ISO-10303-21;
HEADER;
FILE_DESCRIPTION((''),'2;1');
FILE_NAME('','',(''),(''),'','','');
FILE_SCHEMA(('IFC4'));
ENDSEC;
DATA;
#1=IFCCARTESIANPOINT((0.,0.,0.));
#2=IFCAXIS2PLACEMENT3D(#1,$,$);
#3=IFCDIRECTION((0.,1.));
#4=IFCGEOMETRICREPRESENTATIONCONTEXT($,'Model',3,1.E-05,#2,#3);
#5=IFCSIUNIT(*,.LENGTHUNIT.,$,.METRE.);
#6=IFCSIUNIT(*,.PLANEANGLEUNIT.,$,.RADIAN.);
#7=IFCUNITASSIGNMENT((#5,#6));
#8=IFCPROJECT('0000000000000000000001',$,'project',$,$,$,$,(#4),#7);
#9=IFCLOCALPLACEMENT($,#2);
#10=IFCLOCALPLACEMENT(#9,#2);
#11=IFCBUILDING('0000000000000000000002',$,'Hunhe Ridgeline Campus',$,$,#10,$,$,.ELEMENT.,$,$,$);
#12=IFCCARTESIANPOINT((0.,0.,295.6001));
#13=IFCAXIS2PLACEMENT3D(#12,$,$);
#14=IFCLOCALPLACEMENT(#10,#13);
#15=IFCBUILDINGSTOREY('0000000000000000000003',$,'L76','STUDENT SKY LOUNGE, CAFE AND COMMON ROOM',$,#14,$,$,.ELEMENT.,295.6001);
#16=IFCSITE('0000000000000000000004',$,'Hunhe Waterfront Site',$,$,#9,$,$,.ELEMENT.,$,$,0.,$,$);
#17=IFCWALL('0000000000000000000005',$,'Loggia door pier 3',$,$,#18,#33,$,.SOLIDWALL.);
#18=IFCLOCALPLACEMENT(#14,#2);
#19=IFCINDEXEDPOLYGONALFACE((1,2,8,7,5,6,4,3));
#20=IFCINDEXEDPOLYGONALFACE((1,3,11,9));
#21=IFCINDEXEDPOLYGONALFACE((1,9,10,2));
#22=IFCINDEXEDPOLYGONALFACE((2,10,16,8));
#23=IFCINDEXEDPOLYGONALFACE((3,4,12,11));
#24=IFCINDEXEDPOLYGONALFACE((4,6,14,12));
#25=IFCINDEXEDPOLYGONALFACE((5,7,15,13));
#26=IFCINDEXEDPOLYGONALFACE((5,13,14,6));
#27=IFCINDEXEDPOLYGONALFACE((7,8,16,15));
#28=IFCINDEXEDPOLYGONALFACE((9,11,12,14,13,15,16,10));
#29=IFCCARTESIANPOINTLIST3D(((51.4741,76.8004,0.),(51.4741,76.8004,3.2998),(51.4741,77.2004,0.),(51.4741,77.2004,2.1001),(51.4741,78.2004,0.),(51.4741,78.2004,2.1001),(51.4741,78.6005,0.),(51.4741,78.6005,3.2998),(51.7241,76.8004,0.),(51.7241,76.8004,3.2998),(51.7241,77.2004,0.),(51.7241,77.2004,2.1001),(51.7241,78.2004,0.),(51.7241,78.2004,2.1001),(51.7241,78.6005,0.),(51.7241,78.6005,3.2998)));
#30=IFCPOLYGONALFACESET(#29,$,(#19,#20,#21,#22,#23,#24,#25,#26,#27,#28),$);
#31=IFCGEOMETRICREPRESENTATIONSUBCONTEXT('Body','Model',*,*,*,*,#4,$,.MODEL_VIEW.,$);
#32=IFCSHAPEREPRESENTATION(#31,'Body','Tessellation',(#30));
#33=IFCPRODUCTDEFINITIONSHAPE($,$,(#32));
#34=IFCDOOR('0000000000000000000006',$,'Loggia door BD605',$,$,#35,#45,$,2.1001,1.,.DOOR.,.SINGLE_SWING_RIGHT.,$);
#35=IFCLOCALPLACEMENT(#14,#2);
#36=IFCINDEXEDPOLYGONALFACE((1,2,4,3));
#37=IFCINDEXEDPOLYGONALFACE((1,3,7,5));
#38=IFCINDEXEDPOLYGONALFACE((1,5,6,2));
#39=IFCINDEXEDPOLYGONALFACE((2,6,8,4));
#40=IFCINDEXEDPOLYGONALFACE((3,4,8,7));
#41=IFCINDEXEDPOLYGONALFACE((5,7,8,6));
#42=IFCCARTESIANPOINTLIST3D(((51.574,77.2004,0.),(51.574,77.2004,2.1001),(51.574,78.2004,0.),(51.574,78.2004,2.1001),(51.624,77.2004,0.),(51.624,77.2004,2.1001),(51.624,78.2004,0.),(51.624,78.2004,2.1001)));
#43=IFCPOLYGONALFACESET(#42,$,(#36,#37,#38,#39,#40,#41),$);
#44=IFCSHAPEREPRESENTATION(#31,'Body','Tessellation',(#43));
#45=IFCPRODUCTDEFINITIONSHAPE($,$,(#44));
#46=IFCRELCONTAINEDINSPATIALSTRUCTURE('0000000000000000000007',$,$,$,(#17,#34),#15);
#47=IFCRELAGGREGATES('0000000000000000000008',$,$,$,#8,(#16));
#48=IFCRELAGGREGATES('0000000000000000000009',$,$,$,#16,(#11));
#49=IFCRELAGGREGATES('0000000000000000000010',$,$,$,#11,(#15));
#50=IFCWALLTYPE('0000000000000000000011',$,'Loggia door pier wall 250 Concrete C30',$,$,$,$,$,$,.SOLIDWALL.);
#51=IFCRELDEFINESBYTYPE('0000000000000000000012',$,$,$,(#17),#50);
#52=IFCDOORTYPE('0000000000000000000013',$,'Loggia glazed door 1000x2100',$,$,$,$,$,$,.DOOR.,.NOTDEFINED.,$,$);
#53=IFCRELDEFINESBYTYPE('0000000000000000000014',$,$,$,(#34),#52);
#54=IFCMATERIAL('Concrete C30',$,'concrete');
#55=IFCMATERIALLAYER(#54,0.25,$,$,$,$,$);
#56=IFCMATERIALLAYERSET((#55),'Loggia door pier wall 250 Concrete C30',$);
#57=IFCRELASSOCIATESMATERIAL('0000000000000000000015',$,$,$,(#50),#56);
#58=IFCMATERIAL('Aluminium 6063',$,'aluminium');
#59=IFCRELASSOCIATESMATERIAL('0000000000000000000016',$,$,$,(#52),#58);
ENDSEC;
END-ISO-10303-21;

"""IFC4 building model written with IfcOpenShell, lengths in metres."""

from ifc_helpers import new_model, si_unit, direction, frame, frame_2d, origin, place, context, subcontext, project, spatial, rectangle, extrude, material, layer, layer_set, type_object, element, fill, save


model = new_model("IFC4")

# Units and contexts
model_context = context("Model", 3, precision=1e-05, world=origin(), true_north=direction((0.0, 1.0)))
body_context = subcontext(model_context, "Body", "Model", "MODEL_VIEW")
ifc_project = project(units=[si_unit("LENGTHUNIT", "METRE"), si_unit("PLANEANGLEUNIT", "RADIAN")], contexts=[model_context])

# Site, building, storey
site_placement = place(None, origin())
site = spatial("IfcSite", under=ifc_project, at=site_placement, Name="Hunhe Waterfront Site", CompositionType="ELEMENT", RefElevation=0.0)
building_placement = place(site_placement, origin())
building = spatial("IfcBuilding", under=site, at=building_placement, Name="Hunhe Ridgeline Campus", CompositionType="ELEMENT")
storey_placement = place(building_placement, frame((0.0, 0.0, 295.6001)))
storey = spatial("IfcBuildingStorey", under=building, at=storey_placement, Name="L76", Description="STUDENT SKY LOUNGE, CAFE AND COMMON ROOM", CompositionType="ELEMENT", Elevation=295.6001)

# Shared definitions
ifc_material_1 = material(Name="Aluminium 6063", Category="aluminium")

# Wall, opening, door
ifc_material_2 = material(Name="Concrete C30", Category="concrete")
ifc_layer_1 = layer(ifc_material_2, 0.25)
ifc_layer_set_1 = layer_set([ifc_layer_1], Name="Loggia door pier wall 250 Concrete C30")
wall_type = type_object("IfcWallType", Name="Loggia door pier wall 250 Concrete C30", PredefinedType="SOLIDWALL", material=ifc_layer_set_1)
wall_placement = place(storey_placement, frame((51.5991, 76.8005, 0.0), z_axis=(0.0, 0.0, 1.0), x_axis=(0.0, 1.0, 0.0)))
wall = element("IfcWall", 1, at=wall_placement, inside=storey, type_object=wall_type, Name="Loggia door pier 3", PredefinedType="SOLIDWALL", context=body_context, shape_type="SweptSolid", body=[
    extrude(rectangle(XDim=1.8, YDim=0.25, at=frame_2d((0.8999, 0.0))), origin(), (0.0, 0.0, 1.0), 3.2998),
])
opening_placement = place(wall_placement, frame((0.3999, 0.0, 0.0)))
opening = element("IfcOpeningElement", 2, at=opening_placement, cuts=wall, PredefinedType="OPENING", context=body_context, shape_type="SweptSolid", body=[
    extrude(rectangle(XDim=1.0, YDim=2.1001, at=frame_2d((0.5, 1.05))), frame((0.0, 0.125, 0.0), z_axis=(0.0, -1.0, 0.0), x_axis=(1.0, 0.0, 0.0)), (0.0, 0.0, 1.0), 0.25),
])
door_type = type_object("IfcDoorType", Name="Loggia glazed door 1000x2100", OperationType="NOTDEFINED", PredefinedType="DOOR", material=ifc_material_1)
door_placement = place(opening_placement, frame((1.0, 0.0, 0.0), z_axis=(0.0, 0.0, 1.0), x_axis=(-1.0, 0.0, 0.0)))
door = element("IfcDoor", 3, at=door_placement, inside=storey, type_object=door_type, Name="Loggia door BD605", OperationType="SINGLE_SWING_RIGHT", OverallHeight=2.1001, OverallWidth=1.0, PredefinedType="DOOR", context=body_context, shape_type="SweptSolid", body=[
    extrude(rectangle(XDim=1.0, YDim=2.1001, at=frame_2d((0.5, 1.05))), frame((0.0, 0.0249, 0.0), z_axis=(0.0, -1.0, 0.0), x_axis=(1.0, 0.0, 0.0)), (0.0, 0.0, 1.0), 0.05),
])
fill(opening, door)

save(model, "model.ifc")
